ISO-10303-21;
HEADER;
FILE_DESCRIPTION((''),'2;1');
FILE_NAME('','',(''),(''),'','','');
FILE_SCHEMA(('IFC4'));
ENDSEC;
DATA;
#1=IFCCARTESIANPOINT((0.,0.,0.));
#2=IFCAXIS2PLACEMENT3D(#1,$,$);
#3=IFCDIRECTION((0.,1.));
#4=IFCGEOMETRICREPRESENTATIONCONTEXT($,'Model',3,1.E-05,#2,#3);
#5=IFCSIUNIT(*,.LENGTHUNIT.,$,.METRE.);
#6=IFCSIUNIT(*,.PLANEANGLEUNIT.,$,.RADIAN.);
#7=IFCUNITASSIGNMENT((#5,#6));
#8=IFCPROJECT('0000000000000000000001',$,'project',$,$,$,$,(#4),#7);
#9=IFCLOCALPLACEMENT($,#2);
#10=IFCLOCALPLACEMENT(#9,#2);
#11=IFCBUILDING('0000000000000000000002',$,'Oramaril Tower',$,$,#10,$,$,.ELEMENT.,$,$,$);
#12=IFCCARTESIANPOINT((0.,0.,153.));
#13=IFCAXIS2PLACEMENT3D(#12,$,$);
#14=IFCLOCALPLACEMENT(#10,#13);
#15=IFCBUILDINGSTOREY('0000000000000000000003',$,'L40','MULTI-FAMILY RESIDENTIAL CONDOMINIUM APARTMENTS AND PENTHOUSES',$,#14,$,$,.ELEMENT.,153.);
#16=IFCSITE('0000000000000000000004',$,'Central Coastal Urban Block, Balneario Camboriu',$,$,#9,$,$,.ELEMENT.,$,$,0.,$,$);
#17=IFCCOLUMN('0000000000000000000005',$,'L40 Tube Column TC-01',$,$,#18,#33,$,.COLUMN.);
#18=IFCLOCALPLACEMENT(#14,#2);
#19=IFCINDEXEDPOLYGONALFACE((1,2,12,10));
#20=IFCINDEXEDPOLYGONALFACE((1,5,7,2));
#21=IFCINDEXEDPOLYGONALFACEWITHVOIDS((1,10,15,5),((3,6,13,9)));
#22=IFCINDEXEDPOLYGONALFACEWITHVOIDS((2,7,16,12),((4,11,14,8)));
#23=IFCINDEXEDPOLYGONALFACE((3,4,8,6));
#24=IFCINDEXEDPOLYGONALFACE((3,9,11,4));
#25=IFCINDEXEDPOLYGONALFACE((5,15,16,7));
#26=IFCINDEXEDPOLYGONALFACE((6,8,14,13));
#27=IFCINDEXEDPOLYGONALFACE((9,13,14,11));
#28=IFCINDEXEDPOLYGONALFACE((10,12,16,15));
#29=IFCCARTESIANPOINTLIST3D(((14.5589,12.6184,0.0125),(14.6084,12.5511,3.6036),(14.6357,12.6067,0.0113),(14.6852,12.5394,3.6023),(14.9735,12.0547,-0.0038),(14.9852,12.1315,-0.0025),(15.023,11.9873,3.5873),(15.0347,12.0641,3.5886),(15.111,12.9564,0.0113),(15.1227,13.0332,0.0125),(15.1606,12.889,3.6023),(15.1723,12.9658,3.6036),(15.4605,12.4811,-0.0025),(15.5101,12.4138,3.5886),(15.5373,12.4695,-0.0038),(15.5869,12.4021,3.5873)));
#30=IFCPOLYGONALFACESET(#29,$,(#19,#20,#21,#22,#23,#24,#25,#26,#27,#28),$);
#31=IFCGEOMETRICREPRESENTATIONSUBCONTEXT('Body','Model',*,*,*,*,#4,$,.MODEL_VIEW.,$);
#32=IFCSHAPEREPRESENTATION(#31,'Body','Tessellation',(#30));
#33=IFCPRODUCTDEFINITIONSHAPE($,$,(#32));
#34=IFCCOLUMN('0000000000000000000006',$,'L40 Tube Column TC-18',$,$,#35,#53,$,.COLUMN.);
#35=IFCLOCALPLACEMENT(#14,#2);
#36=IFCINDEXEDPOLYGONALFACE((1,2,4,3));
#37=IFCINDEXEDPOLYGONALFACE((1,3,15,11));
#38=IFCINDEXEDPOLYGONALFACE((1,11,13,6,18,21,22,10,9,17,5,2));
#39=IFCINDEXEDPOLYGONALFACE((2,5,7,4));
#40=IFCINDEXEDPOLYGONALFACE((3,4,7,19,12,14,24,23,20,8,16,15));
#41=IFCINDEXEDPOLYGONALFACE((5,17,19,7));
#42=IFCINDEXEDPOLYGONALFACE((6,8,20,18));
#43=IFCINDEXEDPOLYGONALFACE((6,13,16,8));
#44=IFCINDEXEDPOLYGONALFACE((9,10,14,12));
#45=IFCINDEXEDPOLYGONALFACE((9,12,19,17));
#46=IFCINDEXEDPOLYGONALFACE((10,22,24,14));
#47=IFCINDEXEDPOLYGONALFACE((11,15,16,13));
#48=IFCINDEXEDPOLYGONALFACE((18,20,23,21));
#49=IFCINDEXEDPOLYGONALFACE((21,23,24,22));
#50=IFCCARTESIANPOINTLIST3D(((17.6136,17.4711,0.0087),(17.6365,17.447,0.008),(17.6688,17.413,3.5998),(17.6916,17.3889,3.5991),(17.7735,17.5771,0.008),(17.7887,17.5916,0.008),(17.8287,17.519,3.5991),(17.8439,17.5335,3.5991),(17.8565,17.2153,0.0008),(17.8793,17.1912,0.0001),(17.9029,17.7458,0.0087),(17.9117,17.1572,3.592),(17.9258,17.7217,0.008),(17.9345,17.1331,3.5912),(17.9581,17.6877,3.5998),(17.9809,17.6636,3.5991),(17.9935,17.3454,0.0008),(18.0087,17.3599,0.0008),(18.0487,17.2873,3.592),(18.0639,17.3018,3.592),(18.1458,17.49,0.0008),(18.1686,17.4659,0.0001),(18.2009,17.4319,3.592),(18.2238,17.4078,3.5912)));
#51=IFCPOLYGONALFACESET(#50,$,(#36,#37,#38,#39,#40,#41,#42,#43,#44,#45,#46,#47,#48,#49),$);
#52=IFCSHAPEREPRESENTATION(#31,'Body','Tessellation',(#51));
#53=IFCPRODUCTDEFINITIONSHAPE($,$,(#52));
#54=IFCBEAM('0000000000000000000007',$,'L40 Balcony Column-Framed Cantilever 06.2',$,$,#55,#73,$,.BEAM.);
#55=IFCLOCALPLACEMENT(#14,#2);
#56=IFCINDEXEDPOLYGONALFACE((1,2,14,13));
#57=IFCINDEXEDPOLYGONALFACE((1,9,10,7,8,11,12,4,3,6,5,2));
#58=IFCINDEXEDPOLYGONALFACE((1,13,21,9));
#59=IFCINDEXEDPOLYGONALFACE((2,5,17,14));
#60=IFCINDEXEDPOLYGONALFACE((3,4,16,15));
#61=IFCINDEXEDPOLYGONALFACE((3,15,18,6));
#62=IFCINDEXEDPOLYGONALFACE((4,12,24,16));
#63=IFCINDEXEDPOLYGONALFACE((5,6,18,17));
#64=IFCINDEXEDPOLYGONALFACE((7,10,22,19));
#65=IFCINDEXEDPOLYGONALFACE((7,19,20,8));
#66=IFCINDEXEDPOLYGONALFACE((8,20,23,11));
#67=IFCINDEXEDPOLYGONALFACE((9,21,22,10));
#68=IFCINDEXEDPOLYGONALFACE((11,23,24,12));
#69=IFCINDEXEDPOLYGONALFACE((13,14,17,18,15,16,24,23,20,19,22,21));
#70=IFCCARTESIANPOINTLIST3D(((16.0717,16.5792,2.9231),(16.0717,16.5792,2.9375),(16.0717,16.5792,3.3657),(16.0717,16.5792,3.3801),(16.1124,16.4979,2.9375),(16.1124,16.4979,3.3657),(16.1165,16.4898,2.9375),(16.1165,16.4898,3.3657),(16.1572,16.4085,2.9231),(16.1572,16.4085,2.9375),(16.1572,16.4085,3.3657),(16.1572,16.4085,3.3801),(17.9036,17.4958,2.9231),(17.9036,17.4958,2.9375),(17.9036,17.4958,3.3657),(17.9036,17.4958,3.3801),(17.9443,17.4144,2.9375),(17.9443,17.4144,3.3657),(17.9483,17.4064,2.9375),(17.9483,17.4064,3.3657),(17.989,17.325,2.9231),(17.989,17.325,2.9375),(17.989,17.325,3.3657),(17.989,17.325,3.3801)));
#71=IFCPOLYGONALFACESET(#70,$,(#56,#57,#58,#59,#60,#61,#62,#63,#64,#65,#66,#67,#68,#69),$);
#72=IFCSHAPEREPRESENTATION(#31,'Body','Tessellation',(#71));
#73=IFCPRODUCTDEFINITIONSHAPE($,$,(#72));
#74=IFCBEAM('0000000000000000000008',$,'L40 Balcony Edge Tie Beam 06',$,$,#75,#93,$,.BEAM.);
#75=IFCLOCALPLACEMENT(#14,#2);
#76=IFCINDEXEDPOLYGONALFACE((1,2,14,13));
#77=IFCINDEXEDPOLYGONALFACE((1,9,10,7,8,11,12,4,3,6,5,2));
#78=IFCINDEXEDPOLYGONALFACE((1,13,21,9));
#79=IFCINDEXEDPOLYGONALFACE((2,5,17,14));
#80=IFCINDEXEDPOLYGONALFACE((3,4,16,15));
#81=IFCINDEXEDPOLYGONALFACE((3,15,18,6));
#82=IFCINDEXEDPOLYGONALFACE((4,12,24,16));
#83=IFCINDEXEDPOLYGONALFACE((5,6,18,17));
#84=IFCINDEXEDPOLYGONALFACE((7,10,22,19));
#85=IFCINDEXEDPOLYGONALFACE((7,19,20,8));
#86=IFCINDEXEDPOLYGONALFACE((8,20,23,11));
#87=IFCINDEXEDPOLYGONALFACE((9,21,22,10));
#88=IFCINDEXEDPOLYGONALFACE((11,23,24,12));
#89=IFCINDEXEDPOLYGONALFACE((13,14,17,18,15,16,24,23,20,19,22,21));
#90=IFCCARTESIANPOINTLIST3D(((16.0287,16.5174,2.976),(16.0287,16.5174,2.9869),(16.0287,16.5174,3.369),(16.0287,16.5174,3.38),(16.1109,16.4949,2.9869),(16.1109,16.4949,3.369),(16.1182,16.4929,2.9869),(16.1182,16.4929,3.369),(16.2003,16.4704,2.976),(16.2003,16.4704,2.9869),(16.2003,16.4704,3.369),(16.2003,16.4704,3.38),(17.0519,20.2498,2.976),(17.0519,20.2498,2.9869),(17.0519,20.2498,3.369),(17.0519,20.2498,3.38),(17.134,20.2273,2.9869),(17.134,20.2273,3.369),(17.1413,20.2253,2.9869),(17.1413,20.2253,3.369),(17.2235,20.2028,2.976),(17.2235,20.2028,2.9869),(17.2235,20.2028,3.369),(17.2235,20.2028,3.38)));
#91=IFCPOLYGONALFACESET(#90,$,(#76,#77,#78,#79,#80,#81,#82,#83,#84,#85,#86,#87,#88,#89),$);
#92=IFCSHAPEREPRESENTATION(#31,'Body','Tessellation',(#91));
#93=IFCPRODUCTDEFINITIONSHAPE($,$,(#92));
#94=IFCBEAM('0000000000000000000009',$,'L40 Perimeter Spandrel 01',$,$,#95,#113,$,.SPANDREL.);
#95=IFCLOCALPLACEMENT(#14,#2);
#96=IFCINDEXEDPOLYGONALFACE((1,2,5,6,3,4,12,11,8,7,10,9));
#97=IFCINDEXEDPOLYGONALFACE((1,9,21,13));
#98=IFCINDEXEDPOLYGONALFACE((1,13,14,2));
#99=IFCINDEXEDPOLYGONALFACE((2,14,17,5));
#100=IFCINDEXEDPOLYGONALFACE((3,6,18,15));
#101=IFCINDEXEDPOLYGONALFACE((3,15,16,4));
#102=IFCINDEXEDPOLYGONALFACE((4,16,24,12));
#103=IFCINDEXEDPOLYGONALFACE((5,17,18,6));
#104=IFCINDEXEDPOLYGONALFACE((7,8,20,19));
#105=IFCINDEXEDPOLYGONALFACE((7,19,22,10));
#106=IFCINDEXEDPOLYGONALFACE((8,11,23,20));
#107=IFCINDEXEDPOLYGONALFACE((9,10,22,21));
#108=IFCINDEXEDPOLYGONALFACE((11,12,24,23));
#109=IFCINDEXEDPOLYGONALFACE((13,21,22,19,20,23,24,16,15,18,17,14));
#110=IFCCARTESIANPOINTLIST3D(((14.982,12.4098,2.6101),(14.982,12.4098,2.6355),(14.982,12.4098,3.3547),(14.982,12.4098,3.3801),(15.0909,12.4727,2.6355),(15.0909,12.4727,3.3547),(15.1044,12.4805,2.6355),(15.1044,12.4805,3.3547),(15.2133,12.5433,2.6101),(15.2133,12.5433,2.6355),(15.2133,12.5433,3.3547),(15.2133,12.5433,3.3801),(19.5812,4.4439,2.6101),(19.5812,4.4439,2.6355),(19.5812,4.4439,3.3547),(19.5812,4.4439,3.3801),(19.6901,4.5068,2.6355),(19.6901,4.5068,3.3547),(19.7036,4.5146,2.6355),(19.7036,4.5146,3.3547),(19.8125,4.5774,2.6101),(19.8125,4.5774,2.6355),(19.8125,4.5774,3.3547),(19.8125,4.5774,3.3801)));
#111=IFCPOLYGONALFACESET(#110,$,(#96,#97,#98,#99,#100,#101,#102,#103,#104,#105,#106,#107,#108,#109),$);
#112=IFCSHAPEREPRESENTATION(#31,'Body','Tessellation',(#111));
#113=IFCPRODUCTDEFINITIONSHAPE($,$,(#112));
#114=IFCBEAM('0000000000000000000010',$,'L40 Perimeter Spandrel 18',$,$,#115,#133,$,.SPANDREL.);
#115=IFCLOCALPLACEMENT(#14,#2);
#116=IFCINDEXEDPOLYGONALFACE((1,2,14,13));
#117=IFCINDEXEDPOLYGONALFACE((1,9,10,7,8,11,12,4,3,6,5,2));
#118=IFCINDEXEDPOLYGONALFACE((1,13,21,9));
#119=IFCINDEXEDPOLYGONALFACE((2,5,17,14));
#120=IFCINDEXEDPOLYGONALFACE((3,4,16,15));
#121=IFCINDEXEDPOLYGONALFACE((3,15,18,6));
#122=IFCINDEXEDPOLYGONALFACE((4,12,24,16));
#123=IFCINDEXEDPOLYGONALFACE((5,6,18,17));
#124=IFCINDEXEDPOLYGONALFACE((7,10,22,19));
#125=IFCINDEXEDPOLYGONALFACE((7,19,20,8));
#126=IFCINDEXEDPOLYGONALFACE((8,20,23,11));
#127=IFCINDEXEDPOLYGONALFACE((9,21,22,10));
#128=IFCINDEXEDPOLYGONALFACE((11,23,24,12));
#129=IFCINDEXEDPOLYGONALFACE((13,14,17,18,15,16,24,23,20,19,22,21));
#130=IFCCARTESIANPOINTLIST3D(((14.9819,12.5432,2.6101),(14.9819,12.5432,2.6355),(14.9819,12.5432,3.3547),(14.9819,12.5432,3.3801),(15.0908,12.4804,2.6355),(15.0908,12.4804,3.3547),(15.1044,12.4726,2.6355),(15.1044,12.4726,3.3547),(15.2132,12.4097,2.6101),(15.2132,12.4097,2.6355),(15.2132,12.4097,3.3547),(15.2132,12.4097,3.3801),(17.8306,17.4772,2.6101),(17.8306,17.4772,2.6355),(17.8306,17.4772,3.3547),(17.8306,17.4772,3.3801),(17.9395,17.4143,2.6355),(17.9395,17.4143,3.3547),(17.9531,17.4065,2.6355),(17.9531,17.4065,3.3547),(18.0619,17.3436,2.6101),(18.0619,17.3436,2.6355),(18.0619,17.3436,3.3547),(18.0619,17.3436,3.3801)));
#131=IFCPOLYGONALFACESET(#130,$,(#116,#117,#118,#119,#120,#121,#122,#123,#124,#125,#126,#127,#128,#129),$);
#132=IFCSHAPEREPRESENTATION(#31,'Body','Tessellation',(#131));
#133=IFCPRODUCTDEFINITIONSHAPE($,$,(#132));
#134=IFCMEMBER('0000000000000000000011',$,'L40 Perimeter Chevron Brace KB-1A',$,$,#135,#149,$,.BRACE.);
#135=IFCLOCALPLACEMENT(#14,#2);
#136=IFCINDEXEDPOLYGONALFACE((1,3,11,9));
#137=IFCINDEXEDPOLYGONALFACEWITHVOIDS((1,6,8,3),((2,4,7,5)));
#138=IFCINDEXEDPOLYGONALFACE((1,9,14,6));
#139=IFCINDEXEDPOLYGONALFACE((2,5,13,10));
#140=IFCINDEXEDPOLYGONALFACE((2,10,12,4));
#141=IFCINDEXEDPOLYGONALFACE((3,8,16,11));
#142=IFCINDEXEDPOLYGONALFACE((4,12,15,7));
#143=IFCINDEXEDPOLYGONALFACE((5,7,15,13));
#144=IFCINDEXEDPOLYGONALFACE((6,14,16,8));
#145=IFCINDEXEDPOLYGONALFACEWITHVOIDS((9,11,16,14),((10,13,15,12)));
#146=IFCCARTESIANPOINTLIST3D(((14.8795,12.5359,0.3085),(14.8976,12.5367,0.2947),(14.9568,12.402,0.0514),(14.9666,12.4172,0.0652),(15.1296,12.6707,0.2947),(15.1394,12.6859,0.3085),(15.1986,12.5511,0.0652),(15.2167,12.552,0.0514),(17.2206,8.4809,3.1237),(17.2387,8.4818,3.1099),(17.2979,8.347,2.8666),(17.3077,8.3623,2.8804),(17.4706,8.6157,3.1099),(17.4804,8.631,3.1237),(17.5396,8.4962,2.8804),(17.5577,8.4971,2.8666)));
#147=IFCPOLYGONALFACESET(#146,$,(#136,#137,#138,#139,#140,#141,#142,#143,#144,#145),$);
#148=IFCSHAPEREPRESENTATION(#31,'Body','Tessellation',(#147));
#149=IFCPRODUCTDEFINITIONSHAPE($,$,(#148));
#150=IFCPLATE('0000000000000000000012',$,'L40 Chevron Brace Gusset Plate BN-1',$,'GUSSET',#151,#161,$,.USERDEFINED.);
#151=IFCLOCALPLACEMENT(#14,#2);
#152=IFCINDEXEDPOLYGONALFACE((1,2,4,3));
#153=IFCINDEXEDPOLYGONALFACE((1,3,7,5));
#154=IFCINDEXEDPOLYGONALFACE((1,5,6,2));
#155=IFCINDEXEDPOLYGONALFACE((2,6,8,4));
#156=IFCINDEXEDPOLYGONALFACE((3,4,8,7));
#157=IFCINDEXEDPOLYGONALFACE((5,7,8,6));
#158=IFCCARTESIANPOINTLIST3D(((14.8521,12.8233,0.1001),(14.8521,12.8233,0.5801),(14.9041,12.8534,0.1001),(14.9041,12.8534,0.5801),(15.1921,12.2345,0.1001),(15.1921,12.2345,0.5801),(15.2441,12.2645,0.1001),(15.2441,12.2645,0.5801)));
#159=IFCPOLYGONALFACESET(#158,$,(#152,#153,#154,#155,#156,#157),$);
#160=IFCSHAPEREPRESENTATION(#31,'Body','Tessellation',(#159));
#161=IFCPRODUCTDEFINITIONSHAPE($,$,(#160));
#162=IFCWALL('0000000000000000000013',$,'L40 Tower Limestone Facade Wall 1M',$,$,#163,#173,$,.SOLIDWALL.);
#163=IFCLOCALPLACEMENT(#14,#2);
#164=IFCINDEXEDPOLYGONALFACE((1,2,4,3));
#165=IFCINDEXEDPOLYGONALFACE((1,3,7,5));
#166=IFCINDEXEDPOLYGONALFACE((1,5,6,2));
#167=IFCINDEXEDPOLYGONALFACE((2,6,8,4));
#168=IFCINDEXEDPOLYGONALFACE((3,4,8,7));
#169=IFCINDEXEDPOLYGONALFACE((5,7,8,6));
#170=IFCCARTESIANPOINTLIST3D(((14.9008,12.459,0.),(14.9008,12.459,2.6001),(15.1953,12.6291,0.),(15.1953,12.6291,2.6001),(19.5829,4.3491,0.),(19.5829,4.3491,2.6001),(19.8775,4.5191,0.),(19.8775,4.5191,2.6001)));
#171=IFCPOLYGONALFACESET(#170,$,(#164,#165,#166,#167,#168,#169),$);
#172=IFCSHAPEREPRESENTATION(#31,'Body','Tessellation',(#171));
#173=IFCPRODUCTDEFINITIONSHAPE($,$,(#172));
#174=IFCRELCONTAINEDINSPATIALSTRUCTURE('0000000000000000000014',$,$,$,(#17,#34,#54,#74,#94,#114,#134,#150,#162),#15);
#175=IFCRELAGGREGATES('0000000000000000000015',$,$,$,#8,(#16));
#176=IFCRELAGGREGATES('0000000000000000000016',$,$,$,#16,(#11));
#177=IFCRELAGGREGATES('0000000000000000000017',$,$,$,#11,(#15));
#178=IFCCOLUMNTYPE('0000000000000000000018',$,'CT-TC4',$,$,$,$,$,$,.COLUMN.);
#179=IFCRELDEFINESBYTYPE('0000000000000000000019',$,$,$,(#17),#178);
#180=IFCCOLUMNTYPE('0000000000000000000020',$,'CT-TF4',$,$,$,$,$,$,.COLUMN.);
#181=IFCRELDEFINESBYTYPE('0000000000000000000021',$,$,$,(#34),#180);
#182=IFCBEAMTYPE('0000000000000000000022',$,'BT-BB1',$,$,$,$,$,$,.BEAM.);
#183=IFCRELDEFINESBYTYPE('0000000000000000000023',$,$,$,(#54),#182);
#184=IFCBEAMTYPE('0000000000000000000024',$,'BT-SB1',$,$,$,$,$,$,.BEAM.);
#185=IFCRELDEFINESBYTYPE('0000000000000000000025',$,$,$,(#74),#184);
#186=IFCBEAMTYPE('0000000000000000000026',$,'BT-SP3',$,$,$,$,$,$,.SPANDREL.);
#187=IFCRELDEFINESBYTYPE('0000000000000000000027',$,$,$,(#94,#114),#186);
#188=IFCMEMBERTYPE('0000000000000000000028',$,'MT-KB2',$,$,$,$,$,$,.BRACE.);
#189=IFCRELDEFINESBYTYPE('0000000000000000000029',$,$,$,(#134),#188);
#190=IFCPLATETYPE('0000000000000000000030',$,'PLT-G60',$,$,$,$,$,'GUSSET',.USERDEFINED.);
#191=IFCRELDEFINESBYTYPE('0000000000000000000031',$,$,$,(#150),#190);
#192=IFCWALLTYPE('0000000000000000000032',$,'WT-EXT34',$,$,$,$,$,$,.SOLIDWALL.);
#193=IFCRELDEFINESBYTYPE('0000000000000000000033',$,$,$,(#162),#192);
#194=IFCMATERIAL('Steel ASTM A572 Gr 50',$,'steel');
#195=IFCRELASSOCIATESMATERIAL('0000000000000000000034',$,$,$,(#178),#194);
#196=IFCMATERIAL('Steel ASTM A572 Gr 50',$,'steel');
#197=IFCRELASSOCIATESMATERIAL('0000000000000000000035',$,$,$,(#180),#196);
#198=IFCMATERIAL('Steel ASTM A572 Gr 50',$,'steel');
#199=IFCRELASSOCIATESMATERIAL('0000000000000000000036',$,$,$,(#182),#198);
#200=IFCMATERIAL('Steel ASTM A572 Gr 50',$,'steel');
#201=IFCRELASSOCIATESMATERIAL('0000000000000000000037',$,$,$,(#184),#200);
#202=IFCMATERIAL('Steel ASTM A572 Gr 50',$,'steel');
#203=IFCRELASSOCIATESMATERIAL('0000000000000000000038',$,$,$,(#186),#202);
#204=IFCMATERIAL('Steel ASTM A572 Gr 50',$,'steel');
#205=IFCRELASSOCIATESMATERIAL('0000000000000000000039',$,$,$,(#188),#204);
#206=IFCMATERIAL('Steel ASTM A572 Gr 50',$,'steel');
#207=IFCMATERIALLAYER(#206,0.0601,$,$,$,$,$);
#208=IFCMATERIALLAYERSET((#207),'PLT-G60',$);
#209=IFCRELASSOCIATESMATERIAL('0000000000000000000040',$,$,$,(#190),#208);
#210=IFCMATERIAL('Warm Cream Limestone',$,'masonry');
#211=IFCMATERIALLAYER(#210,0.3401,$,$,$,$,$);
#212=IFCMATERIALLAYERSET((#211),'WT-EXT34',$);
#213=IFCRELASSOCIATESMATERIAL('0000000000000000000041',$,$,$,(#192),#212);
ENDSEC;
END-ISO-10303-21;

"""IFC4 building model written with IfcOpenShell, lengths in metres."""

from ifc_helpers import new_model, si_unit, direction, frame, frame_2d, origin, origin_2d, place, context, subcontext, project, spatial, rectangle, hollow_rectangle, i_section, extrude, material, layer, layer_set, material_profile, profile_set, type_object, element, save


model = new_model("IFC4")

# Units and contexts
model_context = context("Model", 3, precision=1e-05, world=origin(), true_north=direction((0.0, 1.0)))
body_context = subcontext(model_context, "Body", "Model", "MODEL_VIEW")
ifc_project = project(units=[si_unit("LENGTHUNIT", "METRE"), si_unit("PLANEANGLEUNIT", "RADIAN")], contexts=[model_context])

# Site, building, storey
site_placement = place(None, origin())
site = spatial("IfcSite", under=ifc_project, at=site_placement, Name="Central Coastal Urban Block, Balneario Camboriu", CompositionType="ELEMENT", RefElevation=0.0)
building_placement = place(site_placement, origin())
building = spatial("IfcBuilding", under=site, at=building_placement, Name="Oramaril Tower", CompositionType="ELEMENT")
storey_placement = place(building_placement, frame((0.0, 0.0, 153.0)))
storey = spatial("IfcBuildingStorey", under=building, at=storey_placement, Name="L40", Description="MULTI-FAMILY RESIDENTIAL CONDOMINIUM APARTMENTS AND PENTHOUSES", CompositionType="ELEMENT", Elevation=153.0)

# Columns
ifc_material_1 = material(Name="Steel ASTM A572 Gr 50", Category="steel")
ifc_material_profile_1 = material_profile(ifc_material_1, hollow_rectangle(XDim=0.7, YDim=0.7, WallThickness=0.0549, at=origin_2d()), Name="BOX700X700X55")
ifc_profile_set_1 = profile_set([ifc_material_profile_1], Name="Steel ASTM A572 Gr 50")
column_type_1 = type_object("IfcColumnType", Name="CT-TC4", PredefinedType="COLUMN", material=ifc_profile_set_1)
column_1_placement = place(storey_placement, frame((15.0481, 12.5439, 0.0044), z_axis=(0.013797, -0.018759, 0.999729), x_axis=(0.805569, 0.592502, 0.0)))
element("IfcColumn", 1, at=column_1_placement, inside=storey, type_object=column_type_1, Name="L40 Tube Column TC-01", PredefinedType="COLUMN", context=body_context, shape_type="SweptSolid", body=[
    extrude(hollow_rectangle(XDim=0.7, YDim=0.7, WallThickness=0.0549, at=origin_2d()), origin(), (0.0, 0.0, 1.0), 3.592),
])
ifc_material_2 = material(Name="Steel ASTM A572 Gr 50", Category="steel")
ifc_material_profile_2 = material_profile(ifc_material_2, i_section(OverallWidth=0.3989, OverallDepth=0.386, WebThickness=0.021, FlangeThickness=0.0332, at=origin_2d()), Name="W14X176")
ifc_profile_set_2 = profile_set([ifc_material_profile_2], Name="Steel ASTM A572 Gr 50")
column_type_2 = type_object("IfcColumnType", Name="CT-TF4", PredefinedType="COLUMN", material=ifc_profile_set_2)
column_2_placement = place(storey_placement, frame((17.8911, 17.4685, 0.0044), z_axis=(0.015361, -0.016177, 0.999751), x_axis=(0.725152, 0.688589, 0.0)))
element("IfcColumn", 2, at=column_2_placement, inside=storey, type_object=column_type_2, Name="L40 Tube Column TC-18", PredefinedType="COLUMN", context=body_context, shape_type="SweptSolid", body=[
    extrude(i_section(OverallWidth=0.3989, OverallDepth=0.386, WebThickness=0.021, FlangeThickness=0.0332, at=origin_2d()), origin(), (0.0, 0.0, 1.0), 3.592),
])

# Beams
ifc_material_3 = material(Name="Steel ASTM A572 Gr 50", Category="steel")
ifc_material_profile_3 = material_profile(ifc_material_3, i_section(OverallWidth=0.1909, OverallDepth=0.457, WebThickness=0.009, FlangeThickness=0.0144, at=origin_2d()), Name="W18X50")
ifc_profile_set_3 = profile_set([ifc_material_profile_3], Name="Steel ASTM A572 Gr 50")
beam_type_1 = type_object("IfcBeamType", Name="BT-BB1", PredefinedType="BEAM", material=ifc_profile_set_3)
beam_1_placement = place(storey_placement, frame((17.9463, 17.4104, 3.1516), z_axis=(-0.894308, -0.447452, 0.0), x_axis=(0.447452, -0.894308, 0.0)))
element("IfcBeam", 3, at=beam_1_placement, inside=storey, type_object=beam_type_1, Name="L40 Balcony Column-Framed Cantilever 06.2", PredefinedType="BEAM", context=body_context, shape_type="SweptSolid", body=[
    extrude(i_section(OverallWidth=0.1909, OverallDepth=0.457, WebThickness=0.009, FlangeThickness=0.0144, at=origin_2d()), origin(), (0.0, 0.0, 1.0), 2.0483),
])
ifc_material_4 = material(Name="Steel ASTM A572 Gr 50", Category="steel")
ifc_material_profile_4 = material_profile(ifc_material_4, i_section(OverallWidth=0.178, OverallDepth=0.4041, WebThickness=0.0076, FlangeThickness=0.011, at=origin_2d()), Name="W16X36")
ifc_profile_set_4 = profile_set([ifc_material_profile_4], Name="Steel ASTM A572 Gr 50")
beam_type_2 = type_object("IfcBeamType", Name="BT-SB1", PredefinedType="BEAM", material=ifc_profile_set_4)
beam_2_placement = place(storey_placement, frame((17.1377, 20.2263, 3.178), z_axis=(-0.264382, -0.964418, 0.0), x_axis=(0.964418, -0.264382, 0.0)))
element("IfcBeam", 4, at=beam_2_placement, inside=storey, type_object=beam_type_2, Name="L40 Balcony Edge Tie Beam 06", PredefinedType="BEAM", context=body_context, shape_type="SweptSolid", body=[
    extrude(i_section(OverallWidth=0.178, OverallDepth=0.4041, WebThickness=0.0076, FlangeThickness=0.011, at=origin_2d()), origin(), (0.0, 0.0, 1.0), 3.8701),
])
ifc_material_5 = material(Name="Steel ASTM A572 Gr 50", Category="steel")
ifc_material_profile_5 = material_profile(ifc_material_5, i_section(OverallWidth=0.2671, OverallDepth=0.77, WebThickness=0.0156, FlangeThickness=0.0254, at=origin_2d()), Name="W30X132")
ifc_profile_set_5 = profile_set([ifc_material_profile_5], Name="Steel ASTM A572 Gr 50")
beam_type_3 = type_object("IfcBeamType", Name="BT-SP3", PredefinedType="SPANDREL", material=ifc_profile_set_5)
beam_3_placement = place(storey_placement, frame((15.0977, 12.4766, 2.9951), z_axis=(0.500004, -0.866023, 0.0), x_axis=(0.866023, 0.500004, 0.0)))
element("IfcBeam", 5, at=beam_3_placement, inside=storey, type_object=beam_type_3, Name="L40 Perimeter Spandrel 01", PredefinedType="SPANDREL", context=body_context, shape_type="SweptSolid", body=[
    extrude(i_section(OverallWidth=0.2671, OverallDepth=0.77, WebThickness=0.0156, FlangeThickness=0.0254, at=origin_2d()), origin(), (0.0, 0.0, 1.0), 9.1982),
])
beam_4_placement = place(storey_placement, frame((17.9463, 17.4104, 2.9951), z_axis=(-0.500011, -0.866019, 0.0), x_axis=(0.866019, -0.500011, 0.0)))
element("IfcBeam", 6, at=beam_4_placement, inside=storey, type_object=beam_type_3, Name="L40 Perimeter Spandrel 18", PredefinedType="SPANDREL", context=body_context, shape_type="SweptSolid", body=[
    extrude(i_section(OverallWidth=0.2671, OverallDepth=0.77, WebThickness=0.0156, FlangeThickness=0.0254, at=origin_2d()), origin(), (0.0, 0.0, 1.0), 5.6973),
])

# Member
ifc_material_6 = material(Name="Steel ASTM A572 Gr 50", Category="steel")
ifc_material_profile_6 = material_profile(ifc_material_6, hollow_rectangle(XDim=0.3, YDim=0.3, WallThickness=0.0161, at=origin_2d()), Name="HSS300X300X16")
ifc_profile_set_6 = profile_set([ifc_material_profile_6], Name="Steel ASTM A572 Gr 50")
member_type = type_object("IfcMemberType", Name="MT-KB2", PredefinedType="BRACE", material=ifc_profile_set_6)
member_placement = place(storey_placement, frame((15.0481, 12.5439, 0.1799), z_axis=(0.428503, -0.742204, 0.515284), x_axis=(0.86603, 0.499992, 0.0)))
element("IfcMember", 7, at=member_placement, inside=storey, type_object=member_type, Name="L40 Perimeter Chevron Brace KB-1A", PredefinedType="BRACE", context=body_context, shape_type="SweptSolid", body=[
    extrude(hollow_rectangle(XDim=0.3, YDim=0.3, WallThickness=0.0161, at=origin_2d()), origin(), (0.0, 0.0, 1.0), 5.4634),
])

# Plate
ifc_material_7 = material(Name="Steel ASTM A572 Gr 50", Category="steel")
ifc_layer_1 = layer(ifc_material_7, 0.0601)
ifc_layer_set_1 = layer_set([ifc_layer_1], Name="PLT-G60")
plate_type = type_object("IfcPlateType", Name="PLT-G60", ElementType="GUSSET", PredefinedType="USERDEFINED", material=ifc_layer_set_1)
plate_placement = place(storey_placement, frame((15.0481, 12.5439, 0.1001), z_axis=(0.0, 0.0, 1.0), x_axis=(0.5, -0.866025, 0.0)))
element("IfcPlate", 8, at=plate_placement, inside=storey, type_object=plate_type, Name="L40 Chevron Brace Gusset Plate BN-1", ObjectType="GUSSET", PredefinedType="USERDEFINED", context=body_context, shape_type="SweptSolid", body=[
    extrude(rectangle(XDim=0.6799, YDim=0.0601, at=origin_2d()), origin(), (0.0, 0.0, 1.0), 0.48),
])

# Wall
ifc_material_8 = material(Name="Warm Cream Limestone", Category="masonry")
ifc_layer_2 = layer(ifc_material_8, 0.3401)
ifc_layer_set_2 = layer_set([ifc_layer_2], Name="WT-EXT34")
wall_type_1 = type_object("IfcWallType", Name="WT-EXT34", PredefinedType="SOLIDWALL", material=ifc_layer_set_2)
wall_1_placement = place(storey_placement, frame((15.0481, 12.5439, 0.0), z_axis=(0.0, 0.0, 1.0), x_axis=(0.499992, -0.86603, 0.0)))
element("IfcWall", 9, at=wall_1_placement, inside=storey, type_object=wall_type_1, Name="L40 Tower Limestone Facade Wall 1M", PredefinedType="SOLIDWALL", context=body_context, shape_type="SweptSolid", body=[
    extrude(rectangle(XDim=9.3645, YDim=0.3401, at=frame_2d((4.6821, 0.0))), origin(), (0.0, 0.0, 1.0), 2.6001),
])

save(model, "model.ifc")
